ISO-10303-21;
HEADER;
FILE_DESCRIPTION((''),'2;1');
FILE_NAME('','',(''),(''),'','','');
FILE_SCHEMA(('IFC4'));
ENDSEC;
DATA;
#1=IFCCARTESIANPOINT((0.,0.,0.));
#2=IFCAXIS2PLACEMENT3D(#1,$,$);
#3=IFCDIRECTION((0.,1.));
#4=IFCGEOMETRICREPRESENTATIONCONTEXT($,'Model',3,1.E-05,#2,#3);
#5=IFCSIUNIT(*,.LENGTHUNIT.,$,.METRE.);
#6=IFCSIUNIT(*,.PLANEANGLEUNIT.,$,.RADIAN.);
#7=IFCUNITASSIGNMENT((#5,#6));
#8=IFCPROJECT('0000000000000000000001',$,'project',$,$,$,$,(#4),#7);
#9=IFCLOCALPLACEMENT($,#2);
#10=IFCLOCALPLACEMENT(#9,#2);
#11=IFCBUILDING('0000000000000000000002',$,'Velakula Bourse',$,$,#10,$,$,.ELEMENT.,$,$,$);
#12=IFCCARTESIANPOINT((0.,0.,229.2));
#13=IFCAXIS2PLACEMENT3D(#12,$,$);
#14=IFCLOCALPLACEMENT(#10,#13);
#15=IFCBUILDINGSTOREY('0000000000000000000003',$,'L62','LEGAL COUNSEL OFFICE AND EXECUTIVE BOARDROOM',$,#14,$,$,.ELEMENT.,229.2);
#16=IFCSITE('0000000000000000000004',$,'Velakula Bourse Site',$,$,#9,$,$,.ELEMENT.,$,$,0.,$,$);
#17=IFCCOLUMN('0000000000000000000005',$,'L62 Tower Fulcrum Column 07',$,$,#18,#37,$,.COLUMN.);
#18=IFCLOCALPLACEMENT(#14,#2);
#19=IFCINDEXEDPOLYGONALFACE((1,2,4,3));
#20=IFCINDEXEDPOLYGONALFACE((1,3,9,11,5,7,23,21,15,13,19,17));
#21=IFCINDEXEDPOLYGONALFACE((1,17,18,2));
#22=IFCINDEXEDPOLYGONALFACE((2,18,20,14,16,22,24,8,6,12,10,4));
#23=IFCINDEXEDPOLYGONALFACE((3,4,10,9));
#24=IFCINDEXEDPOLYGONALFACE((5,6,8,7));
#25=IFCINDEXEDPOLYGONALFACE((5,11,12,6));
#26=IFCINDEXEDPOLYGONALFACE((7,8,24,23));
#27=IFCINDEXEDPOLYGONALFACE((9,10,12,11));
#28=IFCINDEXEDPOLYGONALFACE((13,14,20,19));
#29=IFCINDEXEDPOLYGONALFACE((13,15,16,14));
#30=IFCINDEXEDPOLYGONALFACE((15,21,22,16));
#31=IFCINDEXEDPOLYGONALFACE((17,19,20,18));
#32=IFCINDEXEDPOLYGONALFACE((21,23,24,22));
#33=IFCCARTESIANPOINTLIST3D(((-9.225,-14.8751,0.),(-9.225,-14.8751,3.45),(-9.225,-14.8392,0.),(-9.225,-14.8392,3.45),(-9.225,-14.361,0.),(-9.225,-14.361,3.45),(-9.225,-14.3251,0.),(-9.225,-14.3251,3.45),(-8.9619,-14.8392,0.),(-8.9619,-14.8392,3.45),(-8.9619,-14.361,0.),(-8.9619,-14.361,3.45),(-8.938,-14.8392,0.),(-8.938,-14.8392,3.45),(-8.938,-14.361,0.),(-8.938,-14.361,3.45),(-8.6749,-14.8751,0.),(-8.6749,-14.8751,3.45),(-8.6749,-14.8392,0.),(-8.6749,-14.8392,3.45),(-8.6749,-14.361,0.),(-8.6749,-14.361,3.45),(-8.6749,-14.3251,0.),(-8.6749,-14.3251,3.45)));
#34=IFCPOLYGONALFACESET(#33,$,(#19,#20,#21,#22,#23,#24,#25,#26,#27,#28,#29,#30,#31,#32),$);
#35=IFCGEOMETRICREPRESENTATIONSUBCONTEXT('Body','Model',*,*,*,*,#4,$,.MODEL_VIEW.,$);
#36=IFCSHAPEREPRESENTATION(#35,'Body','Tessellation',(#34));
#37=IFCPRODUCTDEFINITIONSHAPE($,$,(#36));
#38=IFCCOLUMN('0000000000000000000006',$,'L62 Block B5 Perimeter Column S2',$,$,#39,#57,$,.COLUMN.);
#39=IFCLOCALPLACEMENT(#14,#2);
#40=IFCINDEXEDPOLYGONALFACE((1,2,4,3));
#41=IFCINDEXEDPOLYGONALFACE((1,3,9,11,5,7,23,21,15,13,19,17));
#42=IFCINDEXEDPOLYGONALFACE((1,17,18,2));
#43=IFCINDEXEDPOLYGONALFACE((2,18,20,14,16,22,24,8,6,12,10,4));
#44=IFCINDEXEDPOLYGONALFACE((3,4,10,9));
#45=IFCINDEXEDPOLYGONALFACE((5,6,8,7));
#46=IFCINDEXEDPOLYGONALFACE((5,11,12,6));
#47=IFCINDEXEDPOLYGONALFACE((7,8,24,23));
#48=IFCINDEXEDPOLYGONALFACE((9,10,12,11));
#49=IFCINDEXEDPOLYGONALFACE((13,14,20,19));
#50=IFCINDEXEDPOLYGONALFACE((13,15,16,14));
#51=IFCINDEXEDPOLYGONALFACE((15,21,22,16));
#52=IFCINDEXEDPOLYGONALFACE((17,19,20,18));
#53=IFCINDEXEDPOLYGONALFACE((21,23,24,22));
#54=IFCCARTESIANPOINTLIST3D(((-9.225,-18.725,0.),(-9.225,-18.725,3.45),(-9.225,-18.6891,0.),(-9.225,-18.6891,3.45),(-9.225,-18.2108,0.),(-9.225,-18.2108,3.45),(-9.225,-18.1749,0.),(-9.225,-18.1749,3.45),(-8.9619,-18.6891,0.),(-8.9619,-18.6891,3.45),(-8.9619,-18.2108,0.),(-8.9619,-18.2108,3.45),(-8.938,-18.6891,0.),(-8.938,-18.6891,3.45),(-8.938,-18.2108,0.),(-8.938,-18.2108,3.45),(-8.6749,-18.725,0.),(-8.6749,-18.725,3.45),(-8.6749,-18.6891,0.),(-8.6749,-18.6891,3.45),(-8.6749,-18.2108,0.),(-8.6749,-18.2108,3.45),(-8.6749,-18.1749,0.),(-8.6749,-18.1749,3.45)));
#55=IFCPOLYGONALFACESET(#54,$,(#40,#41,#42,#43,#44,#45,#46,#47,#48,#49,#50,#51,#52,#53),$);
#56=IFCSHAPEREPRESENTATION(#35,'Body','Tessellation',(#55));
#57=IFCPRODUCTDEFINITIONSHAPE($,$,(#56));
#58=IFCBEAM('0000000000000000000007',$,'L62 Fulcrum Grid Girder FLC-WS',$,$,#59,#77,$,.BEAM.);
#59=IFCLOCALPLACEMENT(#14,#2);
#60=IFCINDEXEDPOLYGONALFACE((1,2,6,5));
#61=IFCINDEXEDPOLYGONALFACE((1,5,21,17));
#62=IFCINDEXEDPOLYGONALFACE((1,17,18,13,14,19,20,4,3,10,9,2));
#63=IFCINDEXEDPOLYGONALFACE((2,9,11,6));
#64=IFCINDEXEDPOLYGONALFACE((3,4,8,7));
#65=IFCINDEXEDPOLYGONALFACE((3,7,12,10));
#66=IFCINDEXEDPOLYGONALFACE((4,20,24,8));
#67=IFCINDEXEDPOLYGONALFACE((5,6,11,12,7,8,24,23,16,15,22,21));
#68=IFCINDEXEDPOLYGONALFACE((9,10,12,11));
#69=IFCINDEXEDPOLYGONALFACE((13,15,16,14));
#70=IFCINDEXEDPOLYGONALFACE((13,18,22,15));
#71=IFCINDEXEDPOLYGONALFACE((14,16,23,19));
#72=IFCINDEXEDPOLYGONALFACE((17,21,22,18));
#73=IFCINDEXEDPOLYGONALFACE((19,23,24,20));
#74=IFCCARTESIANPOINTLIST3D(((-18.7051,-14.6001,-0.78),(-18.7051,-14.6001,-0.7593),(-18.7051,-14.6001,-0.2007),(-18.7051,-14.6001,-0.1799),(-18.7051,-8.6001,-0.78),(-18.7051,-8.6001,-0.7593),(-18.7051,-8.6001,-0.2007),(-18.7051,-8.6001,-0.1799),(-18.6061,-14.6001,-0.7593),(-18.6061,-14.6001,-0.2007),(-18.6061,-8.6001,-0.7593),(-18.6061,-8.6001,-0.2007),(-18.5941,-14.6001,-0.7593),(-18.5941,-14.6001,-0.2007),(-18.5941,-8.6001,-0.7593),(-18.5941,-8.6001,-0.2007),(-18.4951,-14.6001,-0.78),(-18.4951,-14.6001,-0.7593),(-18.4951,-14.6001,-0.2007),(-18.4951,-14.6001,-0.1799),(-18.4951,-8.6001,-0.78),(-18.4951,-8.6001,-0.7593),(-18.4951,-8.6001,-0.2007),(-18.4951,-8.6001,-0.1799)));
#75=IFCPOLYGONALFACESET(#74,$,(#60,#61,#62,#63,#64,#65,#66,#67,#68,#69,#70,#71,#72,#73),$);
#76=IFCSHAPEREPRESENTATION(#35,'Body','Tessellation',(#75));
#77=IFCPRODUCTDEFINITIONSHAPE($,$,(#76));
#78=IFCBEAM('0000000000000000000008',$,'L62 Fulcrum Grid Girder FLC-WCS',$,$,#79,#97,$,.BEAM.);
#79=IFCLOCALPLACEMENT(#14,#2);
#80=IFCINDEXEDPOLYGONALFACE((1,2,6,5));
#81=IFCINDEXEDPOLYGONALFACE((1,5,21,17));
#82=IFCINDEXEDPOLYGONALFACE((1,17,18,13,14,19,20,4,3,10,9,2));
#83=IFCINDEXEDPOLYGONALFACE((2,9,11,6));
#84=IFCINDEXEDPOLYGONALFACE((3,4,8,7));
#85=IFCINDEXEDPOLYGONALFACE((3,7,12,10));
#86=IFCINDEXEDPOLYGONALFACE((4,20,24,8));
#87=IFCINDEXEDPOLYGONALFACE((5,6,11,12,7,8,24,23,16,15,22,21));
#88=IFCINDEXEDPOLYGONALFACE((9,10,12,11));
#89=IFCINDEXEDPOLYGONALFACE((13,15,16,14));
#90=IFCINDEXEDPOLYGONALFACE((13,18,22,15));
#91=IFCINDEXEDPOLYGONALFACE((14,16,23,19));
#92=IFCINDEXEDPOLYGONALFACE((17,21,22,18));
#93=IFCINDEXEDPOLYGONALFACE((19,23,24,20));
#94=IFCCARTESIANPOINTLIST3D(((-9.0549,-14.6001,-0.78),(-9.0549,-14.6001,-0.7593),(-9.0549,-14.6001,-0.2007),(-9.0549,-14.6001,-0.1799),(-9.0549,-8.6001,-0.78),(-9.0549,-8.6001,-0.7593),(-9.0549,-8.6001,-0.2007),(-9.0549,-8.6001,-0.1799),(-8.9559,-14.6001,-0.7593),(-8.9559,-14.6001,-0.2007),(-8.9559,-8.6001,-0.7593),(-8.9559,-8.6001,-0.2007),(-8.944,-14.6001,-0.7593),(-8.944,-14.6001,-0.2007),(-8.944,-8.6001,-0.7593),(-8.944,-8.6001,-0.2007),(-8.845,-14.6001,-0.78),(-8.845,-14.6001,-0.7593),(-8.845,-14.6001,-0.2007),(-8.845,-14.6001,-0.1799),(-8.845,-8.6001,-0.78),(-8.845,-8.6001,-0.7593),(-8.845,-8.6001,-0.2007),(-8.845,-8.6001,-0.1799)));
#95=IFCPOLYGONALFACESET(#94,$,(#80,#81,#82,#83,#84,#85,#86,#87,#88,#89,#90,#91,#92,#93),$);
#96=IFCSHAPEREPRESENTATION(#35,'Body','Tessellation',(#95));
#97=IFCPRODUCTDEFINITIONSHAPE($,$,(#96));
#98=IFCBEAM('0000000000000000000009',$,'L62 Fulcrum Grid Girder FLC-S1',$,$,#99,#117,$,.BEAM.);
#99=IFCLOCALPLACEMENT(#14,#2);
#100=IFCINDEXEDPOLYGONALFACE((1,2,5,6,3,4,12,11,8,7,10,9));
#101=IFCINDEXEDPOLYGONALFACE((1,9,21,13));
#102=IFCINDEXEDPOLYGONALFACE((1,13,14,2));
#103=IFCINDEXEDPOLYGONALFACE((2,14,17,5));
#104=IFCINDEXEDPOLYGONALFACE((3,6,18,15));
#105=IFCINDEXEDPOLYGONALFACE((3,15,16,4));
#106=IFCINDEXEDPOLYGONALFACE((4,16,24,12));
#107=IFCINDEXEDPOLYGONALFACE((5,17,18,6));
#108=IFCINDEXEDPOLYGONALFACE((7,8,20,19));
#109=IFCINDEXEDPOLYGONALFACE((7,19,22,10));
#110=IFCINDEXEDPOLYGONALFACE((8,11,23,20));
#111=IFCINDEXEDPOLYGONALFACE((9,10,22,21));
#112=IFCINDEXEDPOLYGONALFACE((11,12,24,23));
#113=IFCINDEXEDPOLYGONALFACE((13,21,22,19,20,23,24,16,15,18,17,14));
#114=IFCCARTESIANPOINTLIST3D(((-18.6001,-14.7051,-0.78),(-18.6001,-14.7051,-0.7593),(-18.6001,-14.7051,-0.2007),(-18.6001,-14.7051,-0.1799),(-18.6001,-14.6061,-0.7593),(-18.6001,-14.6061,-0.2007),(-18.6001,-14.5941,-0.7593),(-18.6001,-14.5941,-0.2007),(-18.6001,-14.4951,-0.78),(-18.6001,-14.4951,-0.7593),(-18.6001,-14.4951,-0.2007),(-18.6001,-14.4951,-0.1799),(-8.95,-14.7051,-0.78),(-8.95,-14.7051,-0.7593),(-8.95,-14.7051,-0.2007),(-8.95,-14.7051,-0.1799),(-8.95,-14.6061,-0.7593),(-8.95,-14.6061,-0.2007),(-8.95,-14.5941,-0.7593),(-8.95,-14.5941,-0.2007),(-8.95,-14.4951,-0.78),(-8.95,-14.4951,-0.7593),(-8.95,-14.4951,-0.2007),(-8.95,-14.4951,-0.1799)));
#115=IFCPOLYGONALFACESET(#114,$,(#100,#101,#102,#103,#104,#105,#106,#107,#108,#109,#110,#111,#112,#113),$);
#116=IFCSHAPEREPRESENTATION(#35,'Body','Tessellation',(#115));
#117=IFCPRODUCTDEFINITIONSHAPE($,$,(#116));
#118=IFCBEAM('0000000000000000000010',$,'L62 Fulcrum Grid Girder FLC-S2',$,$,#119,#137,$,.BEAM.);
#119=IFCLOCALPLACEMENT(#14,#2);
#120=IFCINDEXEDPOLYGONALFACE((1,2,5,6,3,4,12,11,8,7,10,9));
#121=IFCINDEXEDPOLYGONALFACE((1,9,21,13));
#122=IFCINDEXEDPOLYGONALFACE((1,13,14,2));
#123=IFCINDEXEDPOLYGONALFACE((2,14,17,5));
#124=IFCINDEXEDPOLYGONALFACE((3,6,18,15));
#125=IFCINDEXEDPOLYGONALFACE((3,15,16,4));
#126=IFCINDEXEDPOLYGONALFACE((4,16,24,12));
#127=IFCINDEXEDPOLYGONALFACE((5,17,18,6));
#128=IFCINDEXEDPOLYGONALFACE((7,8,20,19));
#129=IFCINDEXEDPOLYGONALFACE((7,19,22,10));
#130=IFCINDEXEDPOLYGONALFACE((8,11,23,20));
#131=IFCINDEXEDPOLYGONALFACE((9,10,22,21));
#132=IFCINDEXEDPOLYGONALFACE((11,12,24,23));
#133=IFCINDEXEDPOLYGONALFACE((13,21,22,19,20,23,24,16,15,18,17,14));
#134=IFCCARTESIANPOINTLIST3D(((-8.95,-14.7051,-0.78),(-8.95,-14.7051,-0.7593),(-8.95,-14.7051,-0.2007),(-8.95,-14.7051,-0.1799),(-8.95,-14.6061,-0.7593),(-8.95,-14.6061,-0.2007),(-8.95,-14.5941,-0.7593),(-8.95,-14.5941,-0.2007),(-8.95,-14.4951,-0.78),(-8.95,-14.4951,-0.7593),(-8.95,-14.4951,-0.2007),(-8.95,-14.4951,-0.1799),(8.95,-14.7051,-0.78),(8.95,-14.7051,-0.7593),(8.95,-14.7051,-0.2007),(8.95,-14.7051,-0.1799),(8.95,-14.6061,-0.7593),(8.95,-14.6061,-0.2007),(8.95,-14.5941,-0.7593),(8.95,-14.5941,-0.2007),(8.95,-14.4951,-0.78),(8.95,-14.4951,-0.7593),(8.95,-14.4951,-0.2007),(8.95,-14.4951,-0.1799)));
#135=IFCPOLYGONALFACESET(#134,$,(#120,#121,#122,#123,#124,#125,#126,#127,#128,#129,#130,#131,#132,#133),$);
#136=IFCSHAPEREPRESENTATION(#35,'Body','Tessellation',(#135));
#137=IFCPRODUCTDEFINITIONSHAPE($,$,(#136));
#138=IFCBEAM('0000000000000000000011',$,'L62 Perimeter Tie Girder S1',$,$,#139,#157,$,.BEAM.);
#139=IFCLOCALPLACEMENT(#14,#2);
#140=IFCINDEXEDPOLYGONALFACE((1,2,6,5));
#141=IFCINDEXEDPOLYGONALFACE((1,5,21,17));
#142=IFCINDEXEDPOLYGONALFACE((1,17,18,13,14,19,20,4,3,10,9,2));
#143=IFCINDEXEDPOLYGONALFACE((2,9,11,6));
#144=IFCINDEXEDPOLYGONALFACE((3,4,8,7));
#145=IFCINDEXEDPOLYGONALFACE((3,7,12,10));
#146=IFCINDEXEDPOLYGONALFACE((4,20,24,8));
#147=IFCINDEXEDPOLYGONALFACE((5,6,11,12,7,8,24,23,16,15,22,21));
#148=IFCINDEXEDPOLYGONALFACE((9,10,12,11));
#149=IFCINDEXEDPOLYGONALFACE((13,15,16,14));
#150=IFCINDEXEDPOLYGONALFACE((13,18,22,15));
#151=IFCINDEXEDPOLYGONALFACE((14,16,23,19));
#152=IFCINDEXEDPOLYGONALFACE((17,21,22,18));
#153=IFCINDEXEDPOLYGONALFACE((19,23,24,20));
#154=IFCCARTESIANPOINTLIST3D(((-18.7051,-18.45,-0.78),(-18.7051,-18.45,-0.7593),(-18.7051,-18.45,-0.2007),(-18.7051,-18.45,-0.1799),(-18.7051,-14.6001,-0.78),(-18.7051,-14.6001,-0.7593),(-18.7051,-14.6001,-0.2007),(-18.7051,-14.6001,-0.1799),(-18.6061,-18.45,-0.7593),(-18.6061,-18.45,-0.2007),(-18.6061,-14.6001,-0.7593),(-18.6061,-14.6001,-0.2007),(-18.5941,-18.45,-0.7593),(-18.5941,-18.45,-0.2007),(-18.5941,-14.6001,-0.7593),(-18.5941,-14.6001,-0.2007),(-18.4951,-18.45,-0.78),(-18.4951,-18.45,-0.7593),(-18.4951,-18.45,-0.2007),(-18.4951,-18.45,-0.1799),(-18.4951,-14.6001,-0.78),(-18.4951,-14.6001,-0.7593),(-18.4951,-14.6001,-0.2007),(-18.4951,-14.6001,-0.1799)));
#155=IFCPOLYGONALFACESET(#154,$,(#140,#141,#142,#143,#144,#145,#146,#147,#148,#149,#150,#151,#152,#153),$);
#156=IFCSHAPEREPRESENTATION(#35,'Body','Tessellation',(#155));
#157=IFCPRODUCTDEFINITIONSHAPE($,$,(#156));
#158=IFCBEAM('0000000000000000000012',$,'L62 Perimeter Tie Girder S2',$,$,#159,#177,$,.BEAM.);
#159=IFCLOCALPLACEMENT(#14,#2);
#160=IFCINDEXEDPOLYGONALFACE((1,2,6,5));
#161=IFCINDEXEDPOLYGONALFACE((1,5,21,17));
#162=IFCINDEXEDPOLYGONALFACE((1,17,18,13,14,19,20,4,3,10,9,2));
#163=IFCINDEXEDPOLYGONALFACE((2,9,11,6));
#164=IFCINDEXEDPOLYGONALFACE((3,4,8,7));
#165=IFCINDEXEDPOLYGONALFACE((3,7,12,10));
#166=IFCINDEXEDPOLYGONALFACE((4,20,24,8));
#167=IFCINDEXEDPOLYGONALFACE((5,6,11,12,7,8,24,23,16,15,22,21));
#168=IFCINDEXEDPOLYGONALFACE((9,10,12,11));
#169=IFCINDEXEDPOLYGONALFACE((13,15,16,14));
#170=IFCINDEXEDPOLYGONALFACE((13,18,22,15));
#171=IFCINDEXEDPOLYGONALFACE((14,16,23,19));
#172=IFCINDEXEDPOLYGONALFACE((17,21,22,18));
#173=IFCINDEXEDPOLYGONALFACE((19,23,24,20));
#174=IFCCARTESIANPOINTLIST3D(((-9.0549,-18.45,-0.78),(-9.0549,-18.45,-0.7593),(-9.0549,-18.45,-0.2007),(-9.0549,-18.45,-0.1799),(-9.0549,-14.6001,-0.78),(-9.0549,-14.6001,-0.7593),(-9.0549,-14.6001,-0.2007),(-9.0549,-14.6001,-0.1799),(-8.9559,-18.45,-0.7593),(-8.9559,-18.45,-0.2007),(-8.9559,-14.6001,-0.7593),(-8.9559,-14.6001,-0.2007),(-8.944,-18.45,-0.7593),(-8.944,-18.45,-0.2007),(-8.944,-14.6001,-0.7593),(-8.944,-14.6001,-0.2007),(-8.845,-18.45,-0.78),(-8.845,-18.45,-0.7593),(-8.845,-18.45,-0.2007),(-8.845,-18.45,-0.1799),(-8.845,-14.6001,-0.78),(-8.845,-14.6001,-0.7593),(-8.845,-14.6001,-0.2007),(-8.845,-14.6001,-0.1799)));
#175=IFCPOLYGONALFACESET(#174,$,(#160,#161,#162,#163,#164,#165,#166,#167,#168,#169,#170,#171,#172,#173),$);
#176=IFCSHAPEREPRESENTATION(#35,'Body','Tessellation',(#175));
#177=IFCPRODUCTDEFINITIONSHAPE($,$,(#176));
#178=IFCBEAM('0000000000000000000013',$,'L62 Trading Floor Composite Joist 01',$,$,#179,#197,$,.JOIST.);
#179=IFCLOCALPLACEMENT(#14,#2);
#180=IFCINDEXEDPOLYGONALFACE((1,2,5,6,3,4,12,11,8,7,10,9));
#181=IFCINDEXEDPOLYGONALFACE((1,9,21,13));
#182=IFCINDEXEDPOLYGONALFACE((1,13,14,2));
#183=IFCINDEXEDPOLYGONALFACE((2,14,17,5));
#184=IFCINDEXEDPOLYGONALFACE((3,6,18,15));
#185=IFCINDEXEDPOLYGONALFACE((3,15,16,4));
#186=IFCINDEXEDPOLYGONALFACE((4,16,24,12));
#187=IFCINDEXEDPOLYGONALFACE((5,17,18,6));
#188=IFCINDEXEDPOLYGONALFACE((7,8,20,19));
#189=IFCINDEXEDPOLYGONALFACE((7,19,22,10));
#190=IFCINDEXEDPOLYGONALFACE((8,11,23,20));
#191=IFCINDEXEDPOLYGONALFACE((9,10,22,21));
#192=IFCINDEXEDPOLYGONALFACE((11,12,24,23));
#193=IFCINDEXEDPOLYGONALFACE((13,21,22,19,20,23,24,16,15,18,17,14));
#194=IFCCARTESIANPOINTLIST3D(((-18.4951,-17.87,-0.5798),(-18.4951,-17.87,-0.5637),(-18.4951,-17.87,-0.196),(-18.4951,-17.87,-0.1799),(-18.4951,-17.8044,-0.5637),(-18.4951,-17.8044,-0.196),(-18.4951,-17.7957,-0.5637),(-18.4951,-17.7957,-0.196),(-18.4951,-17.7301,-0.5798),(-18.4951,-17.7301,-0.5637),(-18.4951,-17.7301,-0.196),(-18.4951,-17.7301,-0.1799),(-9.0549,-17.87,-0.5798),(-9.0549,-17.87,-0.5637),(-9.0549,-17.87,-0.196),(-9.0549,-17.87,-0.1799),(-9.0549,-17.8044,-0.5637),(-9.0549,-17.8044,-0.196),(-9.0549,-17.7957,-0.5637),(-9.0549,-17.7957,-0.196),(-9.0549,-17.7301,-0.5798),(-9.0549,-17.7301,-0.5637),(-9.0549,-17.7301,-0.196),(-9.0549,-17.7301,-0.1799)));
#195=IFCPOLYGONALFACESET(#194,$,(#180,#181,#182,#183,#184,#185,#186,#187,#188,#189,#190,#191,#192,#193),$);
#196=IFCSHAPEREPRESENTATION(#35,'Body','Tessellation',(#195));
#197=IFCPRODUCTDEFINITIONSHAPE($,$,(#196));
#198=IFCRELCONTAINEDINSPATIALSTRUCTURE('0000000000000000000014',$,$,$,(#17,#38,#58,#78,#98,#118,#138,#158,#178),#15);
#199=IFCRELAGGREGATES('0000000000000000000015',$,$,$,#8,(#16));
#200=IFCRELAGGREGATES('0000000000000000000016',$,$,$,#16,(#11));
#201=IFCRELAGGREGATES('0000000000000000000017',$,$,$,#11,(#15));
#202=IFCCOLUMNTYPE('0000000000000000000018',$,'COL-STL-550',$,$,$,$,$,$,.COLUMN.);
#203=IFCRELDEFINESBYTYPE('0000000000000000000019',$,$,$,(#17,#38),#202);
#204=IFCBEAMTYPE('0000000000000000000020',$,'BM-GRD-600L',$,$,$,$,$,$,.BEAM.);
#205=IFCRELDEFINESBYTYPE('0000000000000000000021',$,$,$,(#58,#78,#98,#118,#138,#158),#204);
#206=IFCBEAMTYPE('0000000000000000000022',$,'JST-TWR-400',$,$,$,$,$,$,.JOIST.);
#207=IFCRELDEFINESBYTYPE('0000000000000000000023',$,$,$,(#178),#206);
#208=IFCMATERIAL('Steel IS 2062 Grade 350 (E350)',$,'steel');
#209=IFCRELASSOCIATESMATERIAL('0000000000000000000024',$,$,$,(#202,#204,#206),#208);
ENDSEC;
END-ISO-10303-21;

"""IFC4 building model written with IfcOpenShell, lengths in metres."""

from ifc_helpers import new_model, si_unit, direction, frame, origin, origin_2d, place, context, subcontext, project, spatial, i_section, extrude, material, material_profile, profile_set, type_object, element, save


model = new_model("IFC4")

# Units and contexts
model_context = context("Model", 3, precision=1e-05, world=origin(), true_north=direction((0.0, 1.0)))
body_context = subcontext(model_context, "Body", "Model", "MODEL_VIEW")
ifc_project = project(units=[si_unit("LENGTHUNIT", "METRE"), si_unit("PLANEANGLEUNIT", "RADIAN")], contexts=[model_context])

# Site, building, storey
site_placement = place(None, origin())
site = spatial("IfcSite", under=ifc_project, at=site_placement, Name="Velakula Bourse Site", CompositionType="ELEMENT", RefElevation=0.0)
building_placement = place(site_placement, origin())
building = spatial("IfcBuilding", under=site, at=building_placement, Name="Velakula Bourse", CompositionType="ELEMENT")
storey_placement = place(building_placement, frame((0.0, 0.0, 229.2)))
storey = spatial("IfcBuildingStorey", under=building, at=storey_placement, Name="L62", Description="LEGAL COUNSEL OFFICE AND EXECUTIVE BOARDROOM", CompositionType="ELEMENT", Elevation=229.2)

# Columns
ifc_material_1 = material(Name="Steel IS 2062 Grade 350 (E350)", Category="steel")
ifc_material_profile_1 = material_profile(ifc_material_1, i_section(OverallWidth=0.55, OverallDepth=0.55, WebThickness=0.0239, FlangeThickness=0.0359, at=origin_2d()), Name="Steel IS 2062 Grade 350 (E350)")
ifc_profile_set_1 = profile_set([ifc_material_profile_1], Name="Steel IS 2062 Grade 350 (E350)")
column_type = type_object("IfcColumnType", Name="COL-STL-550", PredefinedType="COLUMN", material=ifc_profile_set_1)
for number, where, z_axis, x_axis, name in (
    (1, (-8.95, -14.6001, 0.0), (0.0, 0.0, 1.0), (1.0, 0.0, 0.0), "L62 Tower Fulcrum Column 07"),
    (2, (-8.95, -18.45, 0.0), (0.0, 0.0, 1.0), (1.0, 0.0, 0.0), "L62 Block B5 Perimeter Column S2"),
):
    element("IfcColumn", number, at=place(storey_placement, frame(where, z_axis=z_axis, x_axis=x_axis)), inside=storey, type_object=column_type, Name=name, PredefinedType="COLUMN", context=body_context, shape_type="SweptSolid", body=[
        extrude(i_section(OverallWidth=0.55, OverallDepth=0.55, WebThickness=0.0239, FlangeThickness=0.0359, at=origin_2d()), origin(), (0.0, 0.0, 1.0), 3.45),
    ])

# Beams
ifc_material_profile_2 = material_profile(ifc_material_1, i_section(OverallWidth=0.21, OverallDepth=0.6001, WebThickness=0.012, FlangeThickness=0.0208, at=origin_2d()), Name="Steel IS 2062 Grade 350 (E350)")
ifc_profile_set_2 = profile_set([ifc_material_profile_2], Name="Steel IS 2062 Grade 350 (E350)")
beam_type_1 = type_object("IfcBeamType", Name="BM-GRD-600L", PredefinedType="BEAM", material=ifc_profile_set_2)
for number, where, z_axis, x_axis, name in (
    (3, (-18.6001, -14.6001, -0.48), (0.0, 1.0, 0.0), (-1.0, 0.0, 0.0), "L62 Fulcrum Grid Girder FLC-WS"),
    (4, (-8.95, -14.6001, -0.48), (0.0, 1.0, 0.0), (-1.0, 0.0, 0.0), "L62 Fulcrum Grid Girder FLC-WCS"),
):
    element("IfcBeam", number, at=place(storey_placement, frame(where, z_axis=z_axis, x_axis=x_axis)), inside=storey, type_object=beam_type_1, Name=name, PredefinedType="BEAM", context=body_context, shape_type="SweptSolid", body=[
        extrude(i_section(OverallWidth=0.21, OverallDepth=0.6001, WebThickness=0.012, FlangeThickness=0.0208, at=origin_2d()), origin(), (0.0, 0.0, 1.0), 6.0),
    ])
beam_1_placement = place(storey_placement, frame((-18.6001, -14.6001, -0.48), z_axis=(1.0, 0.0, 0.0), x_axis=(0.0, 1.0, 0.0)))
element("IfcBeam", 5, at=beam_1_placement, inside=storey, type_object=beam_type_1, Name="L62 Fulcrum Grid Girder FLC-S1", PredefinedType="BEAM", context=body_context, shape_type="SweptSolid", body=[
    extrude(i_section(OverallWidth=0.21, OverallDepth=0.6001, WebThickness=0.012, FlangeThickness=0.0208, at=origin_2d()), origin(), (0.0, 0.0, 1.0), 9.6501),
])
beam_2_placement = place(storey_placement, frame((-8.95, -14.6001, -0.48), z_axis=(1.0, 0.0, 0.0), x_axis=(0.0, 1.0, 0.0)))
element("IfcBeam", 6, at=beam_2_placement, inside=storey, type_object=beam_type_1, Name="L62 Fulcrum Grid Girder FLC-S2", PredefinedType="BEAM", context=body_context, shape_type="SweptSolid", body=[
    extrude(i_section(OverallWidth=0.21, OverallDepth=0.6001, WebThickness=0.012, FlangeThickness=0.0208, at=origin_2d()), origin(), (0.0, 0.0, 1.0), 17.8999),
])
for number, where, z_axis, x_axis, name in (
    (7, (-18.6001, -14.6001, -0.48), (0.0, -1.0, 0.0), (1.0, 0.0, 0.0), "L62 Perimeter Tie Girder S1"),
    (8, (-8.95, -14.6001, -0.48), (0.0, -1.0, 0.0), (1.0, 0.0, 0.0), "L62 Perimeter Tie Girder S2"),
):
    element("IfcBeam", number, at=place(storey_placement, frame(where, z_axis=z_axis, x_axis=x_axis)), inside=storey, type_object=beam_type_1, Name=name, PredefinedType="BEAM", context=body_context, shape_type="SweptSolid", body=[
        extrude(i_section(OverallWidth=0.21, OverallDepth=0.6001, WebThickness=0.012, FlangeThickness=0.0208, at=origin_2d()), origin(), (0.0, 0.0, 1.0), 3.8499),
    ])
ifc_material_profile_3 = material_profile(ifc_material_1, i_section(OverallWidth=0.1399, OverallDepth=0.3999, WebThickness=0.0088, FlangeThickness=0.0161, at=origin_2d()), Name="Steel IS 2062 Grade 350 (E350)")
ifc_profile_set_3 = profile_set([ifc_material_profile_3], Name="Steel IS 2062 Grade 350 (E350)")
beam_type_2 = type_object("IfcBeamType", Name="JST-TWR-400", PredefinedType="JOIST", material=ifc_profile_set_3)
beam_3_placement = place(storey_placement, frame((-18.4951, -17.8, -0.3799), z_axis=(1.0, 0.0, 0.0), x_axis=(0.0, 1.0, 0.0)))
element("IfcBeam", 9, at=beam_3_placement, inside=storey, type_object=beam_type_2, Name="L62 Trading Floor Composite Joist 01", PredefinedType="JOIST", context=body_context, shape_type="SweptSolid", body=[
    extrude(i_section(OverallWidth=0.1399, OverallDepth=0.3999, WebThickness=0.0088, FlangeThickness=0.0161, at=origin_2d()), origin(), (0.0, 0.0, 1.0), 9.4402),
])

save(model, "model.ifc")
